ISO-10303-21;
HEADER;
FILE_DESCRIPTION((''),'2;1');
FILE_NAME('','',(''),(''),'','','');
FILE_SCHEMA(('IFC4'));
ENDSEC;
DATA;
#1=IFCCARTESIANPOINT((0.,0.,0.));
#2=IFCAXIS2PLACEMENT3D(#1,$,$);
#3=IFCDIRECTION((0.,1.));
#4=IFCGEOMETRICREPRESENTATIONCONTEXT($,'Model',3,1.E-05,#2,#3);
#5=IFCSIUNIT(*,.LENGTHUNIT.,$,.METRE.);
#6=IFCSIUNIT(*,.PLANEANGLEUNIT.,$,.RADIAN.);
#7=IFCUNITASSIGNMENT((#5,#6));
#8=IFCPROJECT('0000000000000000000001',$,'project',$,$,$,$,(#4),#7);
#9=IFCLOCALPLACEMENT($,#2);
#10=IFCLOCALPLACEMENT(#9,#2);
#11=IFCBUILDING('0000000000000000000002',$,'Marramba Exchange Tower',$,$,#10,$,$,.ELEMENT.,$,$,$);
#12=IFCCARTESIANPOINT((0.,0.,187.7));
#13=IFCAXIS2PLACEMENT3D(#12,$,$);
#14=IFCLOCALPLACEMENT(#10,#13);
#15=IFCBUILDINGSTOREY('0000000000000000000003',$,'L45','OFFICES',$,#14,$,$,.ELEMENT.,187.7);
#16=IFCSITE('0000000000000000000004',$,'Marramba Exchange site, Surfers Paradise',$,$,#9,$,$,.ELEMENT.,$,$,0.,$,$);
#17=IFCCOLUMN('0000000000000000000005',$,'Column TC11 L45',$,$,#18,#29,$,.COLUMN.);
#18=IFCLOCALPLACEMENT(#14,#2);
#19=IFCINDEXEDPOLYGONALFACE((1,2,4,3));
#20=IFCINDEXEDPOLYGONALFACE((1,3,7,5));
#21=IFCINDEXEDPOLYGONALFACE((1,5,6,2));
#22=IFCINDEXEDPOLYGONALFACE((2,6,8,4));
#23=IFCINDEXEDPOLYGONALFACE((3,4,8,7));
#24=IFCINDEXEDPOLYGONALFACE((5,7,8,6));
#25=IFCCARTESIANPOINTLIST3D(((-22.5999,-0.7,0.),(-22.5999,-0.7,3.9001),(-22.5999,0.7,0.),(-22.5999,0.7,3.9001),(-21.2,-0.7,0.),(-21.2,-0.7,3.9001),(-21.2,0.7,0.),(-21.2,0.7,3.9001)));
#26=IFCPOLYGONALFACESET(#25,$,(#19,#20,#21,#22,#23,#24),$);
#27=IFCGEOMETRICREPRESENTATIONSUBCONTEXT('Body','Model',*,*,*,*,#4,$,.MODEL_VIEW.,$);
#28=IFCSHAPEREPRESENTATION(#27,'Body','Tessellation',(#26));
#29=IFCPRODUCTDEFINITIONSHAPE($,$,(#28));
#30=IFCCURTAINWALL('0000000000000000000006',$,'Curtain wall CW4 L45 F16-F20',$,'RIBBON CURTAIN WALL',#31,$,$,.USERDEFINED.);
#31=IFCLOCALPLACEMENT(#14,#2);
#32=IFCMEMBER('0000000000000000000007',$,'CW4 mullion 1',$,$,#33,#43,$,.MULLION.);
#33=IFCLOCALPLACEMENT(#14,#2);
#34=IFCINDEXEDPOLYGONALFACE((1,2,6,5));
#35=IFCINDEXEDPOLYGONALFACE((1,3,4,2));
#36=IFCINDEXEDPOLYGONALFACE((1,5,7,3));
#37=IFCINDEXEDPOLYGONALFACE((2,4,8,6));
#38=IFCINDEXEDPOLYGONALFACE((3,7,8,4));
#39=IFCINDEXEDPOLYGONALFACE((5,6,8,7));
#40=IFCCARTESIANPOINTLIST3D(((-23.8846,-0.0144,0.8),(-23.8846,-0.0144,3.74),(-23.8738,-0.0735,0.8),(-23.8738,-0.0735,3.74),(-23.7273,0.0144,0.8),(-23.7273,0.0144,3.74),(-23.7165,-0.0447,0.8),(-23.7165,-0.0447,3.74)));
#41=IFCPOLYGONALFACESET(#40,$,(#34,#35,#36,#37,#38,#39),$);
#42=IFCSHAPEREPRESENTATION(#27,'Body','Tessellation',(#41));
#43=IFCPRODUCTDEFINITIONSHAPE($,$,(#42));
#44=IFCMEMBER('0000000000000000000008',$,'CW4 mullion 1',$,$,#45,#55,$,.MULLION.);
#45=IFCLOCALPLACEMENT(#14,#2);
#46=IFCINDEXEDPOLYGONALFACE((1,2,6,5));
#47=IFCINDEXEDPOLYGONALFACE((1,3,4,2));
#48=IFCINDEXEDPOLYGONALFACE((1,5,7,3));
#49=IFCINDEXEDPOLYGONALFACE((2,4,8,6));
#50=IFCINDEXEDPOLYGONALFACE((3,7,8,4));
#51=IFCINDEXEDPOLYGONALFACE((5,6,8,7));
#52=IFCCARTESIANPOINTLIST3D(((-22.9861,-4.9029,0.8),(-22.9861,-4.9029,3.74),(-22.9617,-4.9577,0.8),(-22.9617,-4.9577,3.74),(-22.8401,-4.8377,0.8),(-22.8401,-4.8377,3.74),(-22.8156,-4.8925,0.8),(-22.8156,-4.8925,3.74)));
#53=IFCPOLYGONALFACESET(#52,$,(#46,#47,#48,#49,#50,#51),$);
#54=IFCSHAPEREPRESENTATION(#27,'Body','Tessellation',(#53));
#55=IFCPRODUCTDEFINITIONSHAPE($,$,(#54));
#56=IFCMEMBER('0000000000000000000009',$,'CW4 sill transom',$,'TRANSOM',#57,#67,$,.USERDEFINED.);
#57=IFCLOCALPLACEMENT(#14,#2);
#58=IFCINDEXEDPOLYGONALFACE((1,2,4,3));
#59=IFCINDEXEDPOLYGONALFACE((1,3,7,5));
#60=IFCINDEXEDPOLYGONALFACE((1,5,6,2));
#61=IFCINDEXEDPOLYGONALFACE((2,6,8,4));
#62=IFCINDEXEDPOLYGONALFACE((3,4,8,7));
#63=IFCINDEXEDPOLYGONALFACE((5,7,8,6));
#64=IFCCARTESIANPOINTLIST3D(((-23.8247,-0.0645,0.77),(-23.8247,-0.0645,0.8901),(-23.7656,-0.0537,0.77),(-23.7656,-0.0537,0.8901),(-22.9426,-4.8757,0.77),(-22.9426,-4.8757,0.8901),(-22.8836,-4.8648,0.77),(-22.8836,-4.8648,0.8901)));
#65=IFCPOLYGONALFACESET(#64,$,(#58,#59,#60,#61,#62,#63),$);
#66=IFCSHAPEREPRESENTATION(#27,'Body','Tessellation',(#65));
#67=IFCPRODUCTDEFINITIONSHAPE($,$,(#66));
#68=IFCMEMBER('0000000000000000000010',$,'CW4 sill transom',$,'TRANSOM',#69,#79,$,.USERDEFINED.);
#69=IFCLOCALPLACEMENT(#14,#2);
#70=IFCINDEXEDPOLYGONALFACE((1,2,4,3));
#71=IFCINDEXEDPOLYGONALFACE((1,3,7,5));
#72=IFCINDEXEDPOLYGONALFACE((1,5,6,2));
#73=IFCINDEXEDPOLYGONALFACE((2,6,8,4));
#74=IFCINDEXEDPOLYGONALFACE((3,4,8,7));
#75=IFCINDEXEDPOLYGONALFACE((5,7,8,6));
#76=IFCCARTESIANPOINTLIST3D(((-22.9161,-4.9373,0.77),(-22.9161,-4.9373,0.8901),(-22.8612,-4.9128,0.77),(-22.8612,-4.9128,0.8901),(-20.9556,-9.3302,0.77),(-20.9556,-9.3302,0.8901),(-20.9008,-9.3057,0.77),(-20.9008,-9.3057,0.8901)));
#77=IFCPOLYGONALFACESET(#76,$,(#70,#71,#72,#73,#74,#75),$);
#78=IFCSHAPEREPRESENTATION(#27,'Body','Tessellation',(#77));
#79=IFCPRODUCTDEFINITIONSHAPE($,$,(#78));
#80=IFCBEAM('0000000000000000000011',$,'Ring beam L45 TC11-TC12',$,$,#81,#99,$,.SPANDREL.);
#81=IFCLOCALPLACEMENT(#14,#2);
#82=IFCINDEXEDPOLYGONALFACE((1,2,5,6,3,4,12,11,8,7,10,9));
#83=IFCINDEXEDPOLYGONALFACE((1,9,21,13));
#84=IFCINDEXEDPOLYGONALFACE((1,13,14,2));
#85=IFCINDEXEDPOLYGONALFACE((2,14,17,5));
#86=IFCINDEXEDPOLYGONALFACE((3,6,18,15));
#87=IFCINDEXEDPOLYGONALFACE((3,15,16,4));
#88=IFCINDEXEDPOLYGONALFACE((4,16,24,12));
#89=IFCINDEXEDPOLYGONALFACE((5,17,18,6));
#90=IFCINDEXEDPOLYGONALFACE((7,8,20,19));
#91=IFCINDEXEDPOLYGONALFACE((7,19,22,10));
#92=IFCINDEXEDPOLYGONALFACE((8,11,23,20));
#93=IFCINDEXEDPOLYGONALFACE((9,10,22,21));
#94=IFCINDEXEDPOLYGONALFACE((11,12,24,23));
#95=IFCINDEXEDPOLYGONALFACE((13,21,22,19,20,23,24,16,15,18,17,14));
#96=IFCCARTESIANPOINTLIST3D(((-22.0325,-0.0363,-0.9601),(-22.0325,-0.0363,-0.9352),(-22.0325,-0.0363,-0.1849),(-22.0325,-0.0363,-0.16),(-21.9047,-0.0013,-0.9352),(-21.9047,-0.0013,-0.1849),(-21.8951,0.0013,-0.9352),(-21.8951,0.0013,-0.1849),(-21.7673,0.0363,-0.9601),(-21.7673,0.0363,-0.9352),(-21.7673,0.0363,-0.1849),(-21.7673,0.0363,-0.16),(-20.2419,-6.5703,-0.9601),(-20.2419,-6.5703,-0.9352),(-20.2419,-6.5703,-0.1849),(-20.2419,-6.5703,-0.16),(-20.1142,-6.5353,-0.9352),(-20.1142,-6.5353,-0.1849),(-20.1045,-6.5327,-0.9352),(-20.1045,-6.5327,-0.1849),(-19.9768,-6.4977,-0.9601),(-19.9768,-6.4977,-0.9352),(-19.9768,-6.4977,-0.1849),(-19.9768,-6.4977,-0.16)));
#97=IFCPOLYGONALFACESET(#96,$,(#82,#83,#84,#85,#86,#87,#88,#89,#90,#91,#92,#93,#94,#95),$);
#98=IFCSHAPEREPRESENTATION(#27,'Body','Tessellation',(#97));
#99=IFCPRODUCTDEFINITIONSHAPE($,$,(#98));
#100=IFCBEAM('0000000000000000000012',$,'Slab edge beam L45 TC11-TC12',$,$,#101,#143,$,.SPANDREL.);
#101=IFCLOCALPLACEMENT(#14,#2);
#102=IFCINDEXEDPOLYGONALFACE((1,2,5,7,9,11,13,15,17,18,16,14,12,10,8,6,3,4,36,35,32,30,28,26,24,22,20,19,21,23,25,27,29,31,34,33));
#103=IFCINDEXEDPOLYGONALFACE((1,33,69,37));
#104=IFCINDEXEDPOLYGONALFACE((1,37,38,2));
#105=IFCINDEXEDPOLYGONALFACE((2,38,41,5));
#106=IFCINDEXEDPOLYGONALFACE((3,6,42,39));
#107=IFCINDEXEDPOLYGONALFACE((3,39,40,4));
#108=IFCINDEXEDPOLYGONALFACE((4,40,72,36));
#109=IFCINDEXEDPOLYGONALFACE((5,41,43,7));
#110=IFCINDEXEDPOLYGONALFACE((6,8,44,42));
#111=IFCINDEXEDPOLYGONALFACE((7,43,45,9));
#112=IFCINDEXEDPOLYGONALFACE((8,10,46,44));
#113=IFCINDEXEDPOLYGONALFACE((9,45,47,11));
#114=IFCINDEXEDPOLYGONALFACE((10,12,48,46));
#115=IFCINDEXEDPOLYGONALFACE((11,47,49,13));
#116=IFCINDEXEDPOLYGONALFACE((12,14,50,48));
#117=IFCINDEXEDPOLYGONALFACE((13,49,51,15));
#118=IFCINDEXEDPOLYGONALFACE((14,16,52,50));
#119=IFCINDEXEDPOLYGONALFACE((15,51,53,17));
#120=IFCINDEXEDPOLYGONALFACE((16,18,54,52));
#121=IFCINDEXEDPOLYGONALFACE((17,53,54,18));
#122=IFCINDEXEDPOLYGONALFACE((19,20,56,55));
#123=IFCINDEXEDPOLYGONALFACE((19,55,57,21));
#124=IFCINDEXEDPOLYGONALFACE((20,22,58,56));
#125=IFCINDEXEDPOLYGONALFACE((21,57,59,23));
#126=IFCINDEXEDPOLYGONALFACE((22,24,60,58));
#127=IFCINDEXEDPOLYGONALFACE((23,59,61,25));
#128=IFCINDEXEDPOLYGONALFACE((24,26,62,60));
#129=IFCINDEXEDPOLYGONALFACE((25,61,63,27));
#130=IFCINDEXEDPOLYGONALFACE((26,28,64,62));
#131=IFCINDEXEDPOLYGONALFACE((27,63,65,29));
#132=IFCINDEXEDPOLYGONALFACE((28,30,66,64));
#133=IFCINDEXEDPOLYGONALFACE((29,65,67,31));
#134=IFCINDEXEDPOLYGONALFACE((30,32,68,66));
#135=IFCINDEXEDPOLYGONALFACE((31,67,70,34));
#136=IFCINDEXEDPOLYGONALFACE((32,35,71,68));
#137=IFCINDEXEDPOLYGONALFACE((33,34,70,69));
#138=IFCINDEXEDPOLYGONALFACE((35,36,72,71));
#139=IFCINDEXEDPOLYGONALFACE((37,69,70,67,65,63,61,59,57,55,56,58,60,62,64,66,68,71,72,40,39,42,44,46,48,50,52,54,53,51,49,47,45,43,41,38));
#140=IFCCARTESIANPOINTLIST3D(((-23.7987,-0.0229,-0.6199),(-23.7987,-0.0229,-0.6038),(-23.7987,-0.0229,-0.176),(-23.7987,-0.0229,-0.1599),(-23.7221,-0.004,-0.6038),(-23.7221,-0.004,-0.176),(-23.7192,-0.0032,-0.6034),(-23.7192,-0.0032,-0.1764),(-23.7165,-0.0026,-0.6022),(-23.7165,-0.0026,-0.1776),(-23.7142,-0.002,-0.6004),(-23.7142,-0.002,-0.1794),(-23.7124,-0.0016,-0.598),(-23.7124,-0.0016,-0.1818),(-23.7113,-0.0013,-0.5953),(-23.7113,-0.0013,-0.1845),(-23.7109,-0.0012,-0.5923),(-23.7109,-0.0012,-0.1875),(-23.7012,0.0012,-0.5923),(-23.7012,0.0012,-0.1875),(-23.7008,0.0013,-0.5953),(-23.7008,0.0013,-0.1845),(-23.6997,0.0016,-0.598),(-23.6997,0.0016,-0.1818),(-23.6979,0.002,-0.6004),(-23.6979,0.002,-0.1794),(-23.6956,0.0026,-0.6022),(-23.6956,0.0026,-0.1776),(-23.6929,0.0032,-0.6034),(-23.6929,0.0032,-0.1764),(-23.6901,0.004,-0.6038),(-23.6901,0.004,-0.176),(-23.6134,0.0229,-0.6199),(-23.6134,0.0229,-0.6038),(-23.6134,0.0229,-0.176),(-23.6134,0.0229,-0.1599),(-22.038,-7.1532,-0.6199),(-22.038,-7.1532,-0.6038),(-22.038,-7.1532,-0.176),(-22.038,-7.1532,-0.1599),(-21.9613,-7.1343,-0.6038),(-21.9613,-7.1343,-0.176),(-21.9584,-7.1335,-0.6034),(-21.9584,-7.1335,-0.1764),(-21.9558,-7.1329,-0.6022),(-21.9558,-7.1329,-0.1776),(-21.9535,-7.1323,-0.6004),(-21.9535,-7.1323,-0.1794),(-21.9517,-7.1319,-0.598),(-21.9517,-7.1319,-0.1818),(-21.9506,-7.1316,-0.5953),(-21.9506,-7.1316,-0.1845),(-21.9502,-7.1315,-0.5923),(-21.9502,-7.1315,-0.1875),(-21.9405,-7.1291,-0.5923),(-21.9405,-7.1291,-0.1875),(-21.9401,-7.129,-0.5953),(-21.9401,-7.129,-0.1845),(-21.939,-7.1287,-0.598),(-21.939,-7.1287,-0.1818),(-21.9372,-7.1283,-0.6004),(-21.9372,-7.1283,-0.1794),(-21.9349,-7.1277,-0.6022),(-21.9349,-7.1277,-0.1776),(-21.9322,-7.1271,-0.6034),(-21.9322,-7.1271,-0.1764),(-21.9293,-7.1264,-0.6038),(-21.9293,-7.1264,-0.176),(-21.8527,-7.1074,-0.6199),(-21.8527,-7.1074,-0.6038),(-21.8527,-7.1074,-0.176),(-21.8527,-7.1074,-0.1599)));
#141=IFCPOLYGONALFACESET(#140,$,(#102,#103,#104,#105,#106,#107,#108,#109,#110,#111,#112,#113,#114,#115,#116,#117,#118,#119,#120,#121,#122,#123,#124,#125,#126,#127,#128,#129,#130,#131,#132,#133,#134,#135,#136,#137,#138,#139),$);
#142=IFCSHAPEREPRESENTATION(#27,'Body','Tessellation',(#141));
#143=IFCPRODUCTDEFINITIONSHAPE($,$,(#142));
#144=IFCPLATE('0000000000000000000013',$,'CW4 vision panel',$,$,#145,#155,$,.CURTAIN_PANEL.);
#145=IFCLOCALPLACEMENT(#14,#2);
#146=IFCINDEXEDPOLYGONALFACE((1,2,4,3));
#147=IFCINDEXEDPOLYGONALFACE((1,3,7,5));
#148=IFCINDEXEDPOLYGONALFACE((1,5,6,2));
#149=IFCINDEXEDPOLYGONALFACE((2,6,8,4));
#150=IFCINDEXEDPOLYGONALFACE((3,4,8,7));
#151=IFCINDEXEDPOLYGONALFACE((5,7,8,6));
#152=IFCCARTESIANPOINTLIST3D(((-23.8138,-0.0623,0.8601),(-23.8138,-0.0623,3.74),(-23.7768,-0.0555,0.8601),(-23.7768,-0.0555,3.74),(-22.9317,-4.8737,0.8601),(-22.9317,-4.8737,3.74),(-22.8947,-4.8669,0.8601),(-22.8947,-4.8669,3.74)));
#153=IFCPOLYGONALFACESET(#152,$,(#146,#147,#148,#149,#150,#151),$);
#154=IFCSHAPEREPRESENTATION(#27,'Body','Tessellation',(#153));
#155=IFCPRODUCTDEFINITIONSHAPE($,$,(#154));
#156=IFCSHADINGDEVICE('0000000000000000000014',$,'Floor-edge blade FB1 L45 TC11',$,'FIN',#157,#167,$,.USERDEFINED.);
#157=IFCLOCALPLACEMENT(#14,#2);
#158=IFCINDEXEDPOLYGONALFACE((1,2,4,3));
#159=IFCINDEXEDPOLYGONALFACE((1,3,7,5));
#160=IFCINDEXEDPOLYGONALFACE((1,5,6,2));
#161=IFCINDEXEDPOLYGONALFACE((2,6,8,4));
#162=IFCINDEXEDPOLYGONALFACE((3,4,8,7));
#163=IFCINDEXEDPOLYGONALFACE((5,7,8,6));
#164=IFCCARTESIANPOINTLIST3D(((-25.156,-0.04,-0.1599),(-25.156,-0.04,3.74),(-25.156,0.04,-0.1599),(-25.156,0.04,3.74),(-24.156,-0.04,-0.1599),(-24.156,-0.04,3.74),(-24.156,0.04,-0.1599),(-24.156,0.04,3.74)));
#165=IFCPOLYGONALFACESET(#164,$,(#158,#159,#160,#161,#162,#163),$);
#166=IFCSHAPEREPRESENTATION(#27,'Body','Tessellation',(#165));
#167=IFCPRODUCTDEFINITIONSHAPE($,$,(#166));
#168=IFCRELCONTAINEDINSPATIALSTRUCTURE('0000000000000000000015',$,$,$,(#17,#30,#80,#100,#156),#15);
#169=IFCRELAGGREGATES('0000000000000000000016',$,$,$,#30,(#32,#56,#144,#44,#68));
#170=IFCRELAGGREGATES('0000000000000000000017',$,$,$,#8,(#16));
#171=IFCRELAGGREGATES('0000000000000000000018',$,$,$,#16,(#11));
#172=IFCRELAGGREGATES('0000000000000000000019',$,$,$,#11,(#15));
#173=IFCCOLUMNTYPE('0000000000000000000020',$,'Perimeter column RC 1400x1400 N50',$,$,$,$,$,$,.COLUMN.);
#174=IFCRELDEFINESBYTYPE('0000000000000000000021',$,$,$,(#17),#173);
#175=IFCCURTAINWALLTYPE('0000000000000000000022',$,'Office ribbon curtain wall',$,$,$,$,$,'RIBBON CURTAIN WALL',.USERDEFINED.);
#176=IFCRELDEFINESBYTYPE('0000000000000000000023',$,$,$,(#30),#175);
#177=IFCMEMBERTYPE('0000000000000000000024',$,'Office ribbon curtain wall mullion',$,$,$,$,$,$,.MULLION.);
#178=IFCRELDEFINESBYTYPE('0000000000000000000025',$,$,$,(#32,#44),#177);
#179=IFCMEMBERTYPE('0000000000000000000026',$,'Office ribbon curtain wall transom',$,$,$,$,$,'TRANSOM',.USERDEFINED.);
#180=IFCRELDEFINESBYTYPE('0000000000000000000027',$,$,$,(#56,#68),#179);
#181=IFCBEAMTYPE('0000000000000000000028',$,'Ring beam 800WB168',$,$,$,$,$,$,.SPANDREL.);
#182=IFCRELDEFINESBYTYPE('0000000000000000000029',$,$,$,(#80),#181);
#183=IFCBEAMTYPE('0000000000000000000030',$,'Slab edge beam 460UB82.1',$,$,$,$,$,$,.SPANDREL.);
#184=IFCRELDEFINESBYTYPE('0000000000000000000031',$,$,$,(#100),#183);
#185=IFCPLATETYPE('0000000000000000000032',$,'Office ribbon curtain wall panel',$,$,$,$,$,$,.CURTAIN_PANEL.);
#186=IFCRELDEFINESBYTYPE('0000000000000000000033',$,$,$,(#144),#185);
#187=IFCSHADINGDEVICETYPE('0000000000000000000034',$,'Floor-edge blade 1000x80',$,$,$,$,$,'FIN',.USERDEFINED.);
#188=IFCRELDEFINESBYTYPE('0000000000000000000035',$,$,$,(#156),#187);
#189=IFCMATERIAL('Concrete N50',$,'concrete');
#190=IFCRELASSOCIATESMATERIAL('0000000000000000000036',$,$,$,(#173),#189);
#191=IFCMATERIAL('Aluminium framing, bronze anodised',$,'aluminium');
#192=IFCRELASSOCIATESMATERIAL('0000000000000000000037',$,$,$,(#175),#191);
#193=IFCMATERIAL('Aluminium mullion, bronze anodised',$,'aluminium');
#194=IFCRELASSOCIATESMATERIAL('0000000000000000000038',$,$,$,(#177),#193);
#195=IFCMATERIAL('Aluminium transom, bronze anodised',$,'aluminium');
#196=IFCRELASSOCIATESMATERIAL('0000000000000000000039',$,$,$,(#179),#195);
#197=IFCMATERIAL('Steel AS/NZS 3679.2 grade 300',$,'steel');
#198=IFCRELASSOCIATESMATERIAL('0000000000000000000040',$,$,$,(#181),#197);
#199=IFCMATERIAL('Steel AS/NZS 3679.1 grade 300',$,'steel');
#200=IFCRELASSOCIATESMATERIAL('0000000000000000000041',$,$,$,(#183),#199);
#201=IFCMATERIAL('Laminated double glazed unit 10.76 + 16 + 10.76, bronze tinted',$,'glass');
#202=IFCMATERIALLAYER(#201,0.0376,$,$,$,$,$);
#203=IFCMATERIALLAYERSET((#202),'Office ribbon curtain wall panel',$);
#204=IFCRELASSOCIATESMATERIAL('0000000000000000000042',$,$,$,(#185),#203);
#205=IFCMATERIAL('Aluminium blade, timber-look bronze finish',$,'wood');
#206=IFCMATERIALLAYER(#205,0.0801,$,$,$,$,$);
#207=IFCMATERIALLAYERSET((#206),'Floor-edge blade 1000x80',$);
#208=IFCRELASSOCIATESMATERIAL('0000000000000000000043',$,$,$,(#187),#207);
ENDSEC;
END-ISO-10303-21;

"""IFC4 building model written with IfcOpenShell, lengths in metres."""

from ifc_helpers import new_model, si_unit, direction, frame, origin, origin_2d, place, context, subcontext, project, spatial, rectangle, i_section, extrude, material, layer, layer_set, material_profile, profile_set, type_object, element, aggregate, save


model = new_model("IFC4")

# Units and contexts
model_context = context("Model", 3, precision=1e-05, world=origin(), true_north=direction((0.0, 1.0)))
body_context = subcontext(model_context, "Body", "Model", "MODEL_VIEW")
ifc_project = project(units=[si_unit("LENGTHUNIT", "METRE"), si_unit("PLANEANGLEUNIT", "RADIAN")], contexts=[model_context])

# Site, building, storey
site_placement = place(None, origin())
site = spatial("IfcSite", under=ifc_project, at=site_placement, Name="Marramba Exchange site, Surfers Paradise", CompositionType="ELEMENT", RefElevation=0.0)
building_placement = place(site_placement, origin())
building = spatial("IfcBuilding", under=site, at=building_placement, Name="Marramba Exchange Tower", CompositionType="ELEMENT")
storey_placement = place(building_placement, frame((0.0, 0.0, 187.7)))
storey = spatial("IfcBuildingStorey", under=building, at=storey_placement, Name="L45", Description="OFFICES", CompositionType="ELEMENT", Elevation=187.7)

# Column
ifc_material_1 = material(Name="Concrete N50", Category="concrete")
ifc_material_profile_1 = material_profile(ifc_material_1, rectangle(XDim=1.3999, YDim=1.3999, at=origin_2d()), Name="RC 1400x1400")
ifc_profile_set_1 = profile_set([ifc_material_profile_1], Name="Concrete N50")
column_type = type_object("IfcColumnType", Name="Perimeter column RC 1400x1400 N50", PredefinedType="COLUMN", material=ifc_profile_set_1)
column_placement = place(storey_placement, frame((-21.8999, 0.0, 0.0), z_axis=(0.0, 0.0, 1.0), x_axis=(-1.0, 0.0, 0.0)))
element("IfcColumn", 1, at=column_placement, inside=storey, type_object=column_type, Name="Column TC11 L45", PredefinedType="COLUMN", context=body_context, shape_type="SweptSolid", body=[
    extrude(rectangle(XDim=1.3999, YDim=1.3999, at=origin_2d()), origin(), (0.0, 0.0, 1.0), 3.9001),
])

# Curtain wall, members
ifc_material_2 = material(Name="Aluminium framing, bronze anodised", Category="aluminium")
curtain_wall_type = type_object("IfcCurtainWallType", Name="Office ribbon curtain wall", ElementType="RIBBON CURTAIN WALL", PredefinedType="USERDEFINED", material=ifc_material_2)
curtain_wall_placement = place(storey_placement, origin())
curtain_wall = element("IfcCurtainWall", 2, at=curtain_wall_placement, inside=storey, type_object=curtain_wall_type, Name="Curtain wall CW4 L45 F16-F20", ObjectType="RIBBON CURTAIN WALL", PredefinedType="USERDEFINED")
ifc_material_3 = material(Name="Aluminium mullion, bronze anodised", Category="aluminium")
ifc_material_profile_2 = material_profile(ifc_material_3, rectangle(XDim=0.1599, YDim=0.0601, at=origin_2d()), Name="CW4 mullion 60x160")
ifc_profile_set_2 = profile_set([ifc_material_profile_2], Name="Aluminium mullion, bronze anodised")
member_type_1 = type_object("IfcMemberType", Name="Office ribbon curtain wall mullion", PredefinedType="MULLION", material=ifc_profile_set_2)
member_1_placement = place(storey_placement, frame((-23.8005, -0.0295, 0.8), z_axis=(0.0, 0.0, 1.0), x_axis=(0.983607, 0.180327, 0.0)))
member_1 = element("IfcMember", 3, at=member_1_placement, type_object=member_type_1, Name="CW4 mullion 1", PredefinedType="MULLION", context=body_context, shape_type="SweptSolid", body=[
    extrude(rectangle(XDim=0.1599, YDim=0.0601, at=origin_2d()), origin(), (0.0, 0.0, 1.0), 2.9399),
])
member_2_placement = place(storey_placement, frame((-22.9009, -4.8977, 0.8), z_axis=(0.0, 0.0, 1.0), x_axis=(0.91318, 0.407558, 0.0)))
member_2 = element("IfcMember", 4, at=member_2_placement, type_object=member_type_1, Name="CW4 mullion 1", PredefinedType="MULLION", context=body_context, shape_type="SweptSolid", body=[
    extrude(rectangle(XDim=0.1599, YDim=0.0601, at=origin_2d()), origin(), (0.0, 0.0, 1.0), 2.9399),
])
ifc_material_4 = material(Name="Aluminium transom, bronze anodised", Category="aluminium")
ifc_material_profile_3 = material_profile(ifc_material_4, rectangle(XDim=0.0601, YDim=0.1201, at=origin_2d()), Name="CW4 transom 60x120")
ifc_profile_set_3 = profile_set([ifc_material_profile_3], Name="Aluminium transom, bronze anodised")
member_type_2 = type_object("IfcMemberType", Name="Office ribbon curtain wall transom", ElementType="TRANSOM", PredefinedType="USERDEFINED", material=ifc_profile_set_3)
member_3_placement = place(storey_placement, frame((-23.7952, -0.0591, 0.8301), z_axis=(0.18033, -0.983606, 0.0), x_axis=(0.983606, 0.18033, 0.0)))
member_3 = element("IfcMember", 5, at=member_3_placement, type_object=member_type_2, Name="CW4 sill transom", ObjectType="TRANSOM", PredefinedType="USERDEFINED", context=body_context, shape_type="SweptSolid", body=[
    extrude(rectangle(XDim=0.0601, YDim=0.1201, at=origin_2d()), origin(), (0.0, 0.0, 1.0), 4.8914),
])
member_4_placement = place(storey_placement, frame((-22.8887, -4.925, 0.8301), z_axis=(0.407541, -0.913187, 0.0), x_axis=(0.913187, 0.407541, 0.0)))
member_4 = element("IfcMember", 6, at=member_4_placement, type_object=member_type_2, Name="CW4 sill transom", ObjectType="TRANSOM", PredefinedType="USERDEFINED", context=body_context, shape_type="SweptSolid", body=[
    extrude(rectangle(XDim=0.0601, YDim=0.1201, at=origin_2d()), origin(), (0.0, 0.0, 1.0), 4.8105),
])

# Beams
ifc_material_5 = material(Name="Steel AS/NZS 3679.2 grade 300", Category="steel")
ifc_material_profile_4 = material_profile(ifc_material_5, i_section(OverallWidth=0.2749, OverallDepth=0.8, WebThickness=0.01, FlangeThickness=0.0249, at=origin_2d()), Name="800WB168")
ifc_profile_set_4 = profile_set([ifc_material_profile_4], Name="Steel AS/NZS 3679.2 grade 300")
beam_type_1 = type_object("IfcBeamType", Name="Ring beam 800WB168", PredefinedType="SPANDREL", material=ifc_profile_set_4)
beam_1_placement = place(storey_placement, frame((-21.8999, 0.0, -0.5601), z_axis=(0.264291, -0.964443, 0.0), x_axis=(0.964443, 0.264291, 0.0)))
element("IfcBeam", 7, at=beam_1_placement, inside=storey, type_object=beam_type_1, Name="Ring beam L45 TC11-TC12", PredefinedType="SPANDREL", context=body_context, shape_type="SweptSolid", body=[
    extrude(i_section(OverallWidth=0.2749, OverallDepth=0.8, WebThickness=0.01, FlangeThickness=0.0249, at=origin_2d()), origin(), (0.0, 0.0, 1.0), 6.7749),
])
ifc_material_6 = material(Name="Steel AS/NZS 3679.1 grade 300", Category="steel")
ifc_material_profile_5 = material_profile(ifc_material_6, i_section(OverallWidth=0.1909, OverallDepth=0.46, WebThickness=0.01, FlangeThickness=0.0161, FilletRadius=0.0115, at=origin_2d()), Name="460UB82.1")
ifc_profile_set_5 = profile_set([ifc_material_profile_5], Name="Steel AS/NZS 3679.1 grade 300")
beam_type_2 = type_object("IfcBeamType", Name="Slab edge beam 460UB82.1", PredefinedType="SPANDREL", material=ifc_profile_set_5)
beam_2_placement = place(storey_placement, frame((-23.7061, 0.0, -0.3899), z_axis=(0.239735, -0.970838, 0.0), x_axis=(0.970838, 0.239735, 0.0)))
element("IfcBeam", 8, at=beam_2_placement, inside=storey, type_object=beam_type_2, Name="Slab edge beam L45 TC11-TC12", PredefinedType="SPANDREL", context=body_context, shape_type="SweptSolid", body=[
    extrude(i_section(OverallWidth=0.1909, OverallDepth=0.46, WebThickness=0.01, FlangeThickness=0.0161, FilletRadius=0.0115, at=origin_2d()), origin(), (0.0, 0.0, 1.0), 7.3445),
])

# Plate
ifc_material_7 = material(Name="Laminated double glazed unit 10.76 + 16 + 10.76, bronze tinted", Category="glass")
ifc_layer_1 = layer(ifc_material_7, 0.0376)
ifc_layer_set_1 = layer_set([ifc_layer_1], Name="Office ribbon curtain wall panel")
plate_type = type_object("IfcPlateType", Name="Office ribbon curtain wall panel", PredefinedType="CURTAIN_PANEL", material=ifc_layer_set_1)
plate_placement = place(storey_placement, frame((-23.3542, -2.4646, 0.8601), z_axis=(0.0, 0.0, 1.0), x_axis=(0.180327, -0.983607, 0.0)))
plate = element("IfcPlate", 9, at=plate_placement, type_object=plate_type, Name="CW4 vision panel", PredefinedType="CURTAIN_PANEL", context=body_context, shape_type="SweptSolid", body=[
    extrude(rectangle(XDim=4.8916, YDim=0.0376, at=origin_2d()), origin(), (0.0, 0.0, 1.0), 2.8799),
])
aggregate(curtain_wall, [member_1, member_3, plate, member_2, member_4])

# Shading device
ifc_material_8 = material(Name="Aluminium blade, timber-look bronze finish", Category="wood")
ifc_layer_2 = layer(ifc_material_8, 0.0801)
ifc_layer_set_2 = layer_set([ifc_layer_2], Name="Floor-edge blade 1000x80")
shading_device_type_1 = type_object("IfcShadingDeviceType", Name="Floor-edge blade 1000x80", ElementType="FIN", PredefinedType="USERDEFINED", material=ifc_layer_set_2)
shading_device_1_placement = place(storey_placement, frame((-24.656, 0.0, -0.1599), z_axis=(0.0, 0.0, 1.0), x_axis=(-1.0, 0.0, 0.0)))
element("IfcShadingDevice", 10, at=shading_device_1_placement, inside=storey, type_object=shading_device_type_1, Name="Floor-edge blade FB1 L45 TC11", ObjectType="FIN", PredefinedType="USERDEFINED", context=body_context, shape_type="SweptSolid", body=[
    extrude(rectangle(XDim=1.0, YDim=0.0801, at=origin_2d()), origin(), (0.0, 0.0, 1.0), 3.8999),
])

save(model, "model.ifc")
